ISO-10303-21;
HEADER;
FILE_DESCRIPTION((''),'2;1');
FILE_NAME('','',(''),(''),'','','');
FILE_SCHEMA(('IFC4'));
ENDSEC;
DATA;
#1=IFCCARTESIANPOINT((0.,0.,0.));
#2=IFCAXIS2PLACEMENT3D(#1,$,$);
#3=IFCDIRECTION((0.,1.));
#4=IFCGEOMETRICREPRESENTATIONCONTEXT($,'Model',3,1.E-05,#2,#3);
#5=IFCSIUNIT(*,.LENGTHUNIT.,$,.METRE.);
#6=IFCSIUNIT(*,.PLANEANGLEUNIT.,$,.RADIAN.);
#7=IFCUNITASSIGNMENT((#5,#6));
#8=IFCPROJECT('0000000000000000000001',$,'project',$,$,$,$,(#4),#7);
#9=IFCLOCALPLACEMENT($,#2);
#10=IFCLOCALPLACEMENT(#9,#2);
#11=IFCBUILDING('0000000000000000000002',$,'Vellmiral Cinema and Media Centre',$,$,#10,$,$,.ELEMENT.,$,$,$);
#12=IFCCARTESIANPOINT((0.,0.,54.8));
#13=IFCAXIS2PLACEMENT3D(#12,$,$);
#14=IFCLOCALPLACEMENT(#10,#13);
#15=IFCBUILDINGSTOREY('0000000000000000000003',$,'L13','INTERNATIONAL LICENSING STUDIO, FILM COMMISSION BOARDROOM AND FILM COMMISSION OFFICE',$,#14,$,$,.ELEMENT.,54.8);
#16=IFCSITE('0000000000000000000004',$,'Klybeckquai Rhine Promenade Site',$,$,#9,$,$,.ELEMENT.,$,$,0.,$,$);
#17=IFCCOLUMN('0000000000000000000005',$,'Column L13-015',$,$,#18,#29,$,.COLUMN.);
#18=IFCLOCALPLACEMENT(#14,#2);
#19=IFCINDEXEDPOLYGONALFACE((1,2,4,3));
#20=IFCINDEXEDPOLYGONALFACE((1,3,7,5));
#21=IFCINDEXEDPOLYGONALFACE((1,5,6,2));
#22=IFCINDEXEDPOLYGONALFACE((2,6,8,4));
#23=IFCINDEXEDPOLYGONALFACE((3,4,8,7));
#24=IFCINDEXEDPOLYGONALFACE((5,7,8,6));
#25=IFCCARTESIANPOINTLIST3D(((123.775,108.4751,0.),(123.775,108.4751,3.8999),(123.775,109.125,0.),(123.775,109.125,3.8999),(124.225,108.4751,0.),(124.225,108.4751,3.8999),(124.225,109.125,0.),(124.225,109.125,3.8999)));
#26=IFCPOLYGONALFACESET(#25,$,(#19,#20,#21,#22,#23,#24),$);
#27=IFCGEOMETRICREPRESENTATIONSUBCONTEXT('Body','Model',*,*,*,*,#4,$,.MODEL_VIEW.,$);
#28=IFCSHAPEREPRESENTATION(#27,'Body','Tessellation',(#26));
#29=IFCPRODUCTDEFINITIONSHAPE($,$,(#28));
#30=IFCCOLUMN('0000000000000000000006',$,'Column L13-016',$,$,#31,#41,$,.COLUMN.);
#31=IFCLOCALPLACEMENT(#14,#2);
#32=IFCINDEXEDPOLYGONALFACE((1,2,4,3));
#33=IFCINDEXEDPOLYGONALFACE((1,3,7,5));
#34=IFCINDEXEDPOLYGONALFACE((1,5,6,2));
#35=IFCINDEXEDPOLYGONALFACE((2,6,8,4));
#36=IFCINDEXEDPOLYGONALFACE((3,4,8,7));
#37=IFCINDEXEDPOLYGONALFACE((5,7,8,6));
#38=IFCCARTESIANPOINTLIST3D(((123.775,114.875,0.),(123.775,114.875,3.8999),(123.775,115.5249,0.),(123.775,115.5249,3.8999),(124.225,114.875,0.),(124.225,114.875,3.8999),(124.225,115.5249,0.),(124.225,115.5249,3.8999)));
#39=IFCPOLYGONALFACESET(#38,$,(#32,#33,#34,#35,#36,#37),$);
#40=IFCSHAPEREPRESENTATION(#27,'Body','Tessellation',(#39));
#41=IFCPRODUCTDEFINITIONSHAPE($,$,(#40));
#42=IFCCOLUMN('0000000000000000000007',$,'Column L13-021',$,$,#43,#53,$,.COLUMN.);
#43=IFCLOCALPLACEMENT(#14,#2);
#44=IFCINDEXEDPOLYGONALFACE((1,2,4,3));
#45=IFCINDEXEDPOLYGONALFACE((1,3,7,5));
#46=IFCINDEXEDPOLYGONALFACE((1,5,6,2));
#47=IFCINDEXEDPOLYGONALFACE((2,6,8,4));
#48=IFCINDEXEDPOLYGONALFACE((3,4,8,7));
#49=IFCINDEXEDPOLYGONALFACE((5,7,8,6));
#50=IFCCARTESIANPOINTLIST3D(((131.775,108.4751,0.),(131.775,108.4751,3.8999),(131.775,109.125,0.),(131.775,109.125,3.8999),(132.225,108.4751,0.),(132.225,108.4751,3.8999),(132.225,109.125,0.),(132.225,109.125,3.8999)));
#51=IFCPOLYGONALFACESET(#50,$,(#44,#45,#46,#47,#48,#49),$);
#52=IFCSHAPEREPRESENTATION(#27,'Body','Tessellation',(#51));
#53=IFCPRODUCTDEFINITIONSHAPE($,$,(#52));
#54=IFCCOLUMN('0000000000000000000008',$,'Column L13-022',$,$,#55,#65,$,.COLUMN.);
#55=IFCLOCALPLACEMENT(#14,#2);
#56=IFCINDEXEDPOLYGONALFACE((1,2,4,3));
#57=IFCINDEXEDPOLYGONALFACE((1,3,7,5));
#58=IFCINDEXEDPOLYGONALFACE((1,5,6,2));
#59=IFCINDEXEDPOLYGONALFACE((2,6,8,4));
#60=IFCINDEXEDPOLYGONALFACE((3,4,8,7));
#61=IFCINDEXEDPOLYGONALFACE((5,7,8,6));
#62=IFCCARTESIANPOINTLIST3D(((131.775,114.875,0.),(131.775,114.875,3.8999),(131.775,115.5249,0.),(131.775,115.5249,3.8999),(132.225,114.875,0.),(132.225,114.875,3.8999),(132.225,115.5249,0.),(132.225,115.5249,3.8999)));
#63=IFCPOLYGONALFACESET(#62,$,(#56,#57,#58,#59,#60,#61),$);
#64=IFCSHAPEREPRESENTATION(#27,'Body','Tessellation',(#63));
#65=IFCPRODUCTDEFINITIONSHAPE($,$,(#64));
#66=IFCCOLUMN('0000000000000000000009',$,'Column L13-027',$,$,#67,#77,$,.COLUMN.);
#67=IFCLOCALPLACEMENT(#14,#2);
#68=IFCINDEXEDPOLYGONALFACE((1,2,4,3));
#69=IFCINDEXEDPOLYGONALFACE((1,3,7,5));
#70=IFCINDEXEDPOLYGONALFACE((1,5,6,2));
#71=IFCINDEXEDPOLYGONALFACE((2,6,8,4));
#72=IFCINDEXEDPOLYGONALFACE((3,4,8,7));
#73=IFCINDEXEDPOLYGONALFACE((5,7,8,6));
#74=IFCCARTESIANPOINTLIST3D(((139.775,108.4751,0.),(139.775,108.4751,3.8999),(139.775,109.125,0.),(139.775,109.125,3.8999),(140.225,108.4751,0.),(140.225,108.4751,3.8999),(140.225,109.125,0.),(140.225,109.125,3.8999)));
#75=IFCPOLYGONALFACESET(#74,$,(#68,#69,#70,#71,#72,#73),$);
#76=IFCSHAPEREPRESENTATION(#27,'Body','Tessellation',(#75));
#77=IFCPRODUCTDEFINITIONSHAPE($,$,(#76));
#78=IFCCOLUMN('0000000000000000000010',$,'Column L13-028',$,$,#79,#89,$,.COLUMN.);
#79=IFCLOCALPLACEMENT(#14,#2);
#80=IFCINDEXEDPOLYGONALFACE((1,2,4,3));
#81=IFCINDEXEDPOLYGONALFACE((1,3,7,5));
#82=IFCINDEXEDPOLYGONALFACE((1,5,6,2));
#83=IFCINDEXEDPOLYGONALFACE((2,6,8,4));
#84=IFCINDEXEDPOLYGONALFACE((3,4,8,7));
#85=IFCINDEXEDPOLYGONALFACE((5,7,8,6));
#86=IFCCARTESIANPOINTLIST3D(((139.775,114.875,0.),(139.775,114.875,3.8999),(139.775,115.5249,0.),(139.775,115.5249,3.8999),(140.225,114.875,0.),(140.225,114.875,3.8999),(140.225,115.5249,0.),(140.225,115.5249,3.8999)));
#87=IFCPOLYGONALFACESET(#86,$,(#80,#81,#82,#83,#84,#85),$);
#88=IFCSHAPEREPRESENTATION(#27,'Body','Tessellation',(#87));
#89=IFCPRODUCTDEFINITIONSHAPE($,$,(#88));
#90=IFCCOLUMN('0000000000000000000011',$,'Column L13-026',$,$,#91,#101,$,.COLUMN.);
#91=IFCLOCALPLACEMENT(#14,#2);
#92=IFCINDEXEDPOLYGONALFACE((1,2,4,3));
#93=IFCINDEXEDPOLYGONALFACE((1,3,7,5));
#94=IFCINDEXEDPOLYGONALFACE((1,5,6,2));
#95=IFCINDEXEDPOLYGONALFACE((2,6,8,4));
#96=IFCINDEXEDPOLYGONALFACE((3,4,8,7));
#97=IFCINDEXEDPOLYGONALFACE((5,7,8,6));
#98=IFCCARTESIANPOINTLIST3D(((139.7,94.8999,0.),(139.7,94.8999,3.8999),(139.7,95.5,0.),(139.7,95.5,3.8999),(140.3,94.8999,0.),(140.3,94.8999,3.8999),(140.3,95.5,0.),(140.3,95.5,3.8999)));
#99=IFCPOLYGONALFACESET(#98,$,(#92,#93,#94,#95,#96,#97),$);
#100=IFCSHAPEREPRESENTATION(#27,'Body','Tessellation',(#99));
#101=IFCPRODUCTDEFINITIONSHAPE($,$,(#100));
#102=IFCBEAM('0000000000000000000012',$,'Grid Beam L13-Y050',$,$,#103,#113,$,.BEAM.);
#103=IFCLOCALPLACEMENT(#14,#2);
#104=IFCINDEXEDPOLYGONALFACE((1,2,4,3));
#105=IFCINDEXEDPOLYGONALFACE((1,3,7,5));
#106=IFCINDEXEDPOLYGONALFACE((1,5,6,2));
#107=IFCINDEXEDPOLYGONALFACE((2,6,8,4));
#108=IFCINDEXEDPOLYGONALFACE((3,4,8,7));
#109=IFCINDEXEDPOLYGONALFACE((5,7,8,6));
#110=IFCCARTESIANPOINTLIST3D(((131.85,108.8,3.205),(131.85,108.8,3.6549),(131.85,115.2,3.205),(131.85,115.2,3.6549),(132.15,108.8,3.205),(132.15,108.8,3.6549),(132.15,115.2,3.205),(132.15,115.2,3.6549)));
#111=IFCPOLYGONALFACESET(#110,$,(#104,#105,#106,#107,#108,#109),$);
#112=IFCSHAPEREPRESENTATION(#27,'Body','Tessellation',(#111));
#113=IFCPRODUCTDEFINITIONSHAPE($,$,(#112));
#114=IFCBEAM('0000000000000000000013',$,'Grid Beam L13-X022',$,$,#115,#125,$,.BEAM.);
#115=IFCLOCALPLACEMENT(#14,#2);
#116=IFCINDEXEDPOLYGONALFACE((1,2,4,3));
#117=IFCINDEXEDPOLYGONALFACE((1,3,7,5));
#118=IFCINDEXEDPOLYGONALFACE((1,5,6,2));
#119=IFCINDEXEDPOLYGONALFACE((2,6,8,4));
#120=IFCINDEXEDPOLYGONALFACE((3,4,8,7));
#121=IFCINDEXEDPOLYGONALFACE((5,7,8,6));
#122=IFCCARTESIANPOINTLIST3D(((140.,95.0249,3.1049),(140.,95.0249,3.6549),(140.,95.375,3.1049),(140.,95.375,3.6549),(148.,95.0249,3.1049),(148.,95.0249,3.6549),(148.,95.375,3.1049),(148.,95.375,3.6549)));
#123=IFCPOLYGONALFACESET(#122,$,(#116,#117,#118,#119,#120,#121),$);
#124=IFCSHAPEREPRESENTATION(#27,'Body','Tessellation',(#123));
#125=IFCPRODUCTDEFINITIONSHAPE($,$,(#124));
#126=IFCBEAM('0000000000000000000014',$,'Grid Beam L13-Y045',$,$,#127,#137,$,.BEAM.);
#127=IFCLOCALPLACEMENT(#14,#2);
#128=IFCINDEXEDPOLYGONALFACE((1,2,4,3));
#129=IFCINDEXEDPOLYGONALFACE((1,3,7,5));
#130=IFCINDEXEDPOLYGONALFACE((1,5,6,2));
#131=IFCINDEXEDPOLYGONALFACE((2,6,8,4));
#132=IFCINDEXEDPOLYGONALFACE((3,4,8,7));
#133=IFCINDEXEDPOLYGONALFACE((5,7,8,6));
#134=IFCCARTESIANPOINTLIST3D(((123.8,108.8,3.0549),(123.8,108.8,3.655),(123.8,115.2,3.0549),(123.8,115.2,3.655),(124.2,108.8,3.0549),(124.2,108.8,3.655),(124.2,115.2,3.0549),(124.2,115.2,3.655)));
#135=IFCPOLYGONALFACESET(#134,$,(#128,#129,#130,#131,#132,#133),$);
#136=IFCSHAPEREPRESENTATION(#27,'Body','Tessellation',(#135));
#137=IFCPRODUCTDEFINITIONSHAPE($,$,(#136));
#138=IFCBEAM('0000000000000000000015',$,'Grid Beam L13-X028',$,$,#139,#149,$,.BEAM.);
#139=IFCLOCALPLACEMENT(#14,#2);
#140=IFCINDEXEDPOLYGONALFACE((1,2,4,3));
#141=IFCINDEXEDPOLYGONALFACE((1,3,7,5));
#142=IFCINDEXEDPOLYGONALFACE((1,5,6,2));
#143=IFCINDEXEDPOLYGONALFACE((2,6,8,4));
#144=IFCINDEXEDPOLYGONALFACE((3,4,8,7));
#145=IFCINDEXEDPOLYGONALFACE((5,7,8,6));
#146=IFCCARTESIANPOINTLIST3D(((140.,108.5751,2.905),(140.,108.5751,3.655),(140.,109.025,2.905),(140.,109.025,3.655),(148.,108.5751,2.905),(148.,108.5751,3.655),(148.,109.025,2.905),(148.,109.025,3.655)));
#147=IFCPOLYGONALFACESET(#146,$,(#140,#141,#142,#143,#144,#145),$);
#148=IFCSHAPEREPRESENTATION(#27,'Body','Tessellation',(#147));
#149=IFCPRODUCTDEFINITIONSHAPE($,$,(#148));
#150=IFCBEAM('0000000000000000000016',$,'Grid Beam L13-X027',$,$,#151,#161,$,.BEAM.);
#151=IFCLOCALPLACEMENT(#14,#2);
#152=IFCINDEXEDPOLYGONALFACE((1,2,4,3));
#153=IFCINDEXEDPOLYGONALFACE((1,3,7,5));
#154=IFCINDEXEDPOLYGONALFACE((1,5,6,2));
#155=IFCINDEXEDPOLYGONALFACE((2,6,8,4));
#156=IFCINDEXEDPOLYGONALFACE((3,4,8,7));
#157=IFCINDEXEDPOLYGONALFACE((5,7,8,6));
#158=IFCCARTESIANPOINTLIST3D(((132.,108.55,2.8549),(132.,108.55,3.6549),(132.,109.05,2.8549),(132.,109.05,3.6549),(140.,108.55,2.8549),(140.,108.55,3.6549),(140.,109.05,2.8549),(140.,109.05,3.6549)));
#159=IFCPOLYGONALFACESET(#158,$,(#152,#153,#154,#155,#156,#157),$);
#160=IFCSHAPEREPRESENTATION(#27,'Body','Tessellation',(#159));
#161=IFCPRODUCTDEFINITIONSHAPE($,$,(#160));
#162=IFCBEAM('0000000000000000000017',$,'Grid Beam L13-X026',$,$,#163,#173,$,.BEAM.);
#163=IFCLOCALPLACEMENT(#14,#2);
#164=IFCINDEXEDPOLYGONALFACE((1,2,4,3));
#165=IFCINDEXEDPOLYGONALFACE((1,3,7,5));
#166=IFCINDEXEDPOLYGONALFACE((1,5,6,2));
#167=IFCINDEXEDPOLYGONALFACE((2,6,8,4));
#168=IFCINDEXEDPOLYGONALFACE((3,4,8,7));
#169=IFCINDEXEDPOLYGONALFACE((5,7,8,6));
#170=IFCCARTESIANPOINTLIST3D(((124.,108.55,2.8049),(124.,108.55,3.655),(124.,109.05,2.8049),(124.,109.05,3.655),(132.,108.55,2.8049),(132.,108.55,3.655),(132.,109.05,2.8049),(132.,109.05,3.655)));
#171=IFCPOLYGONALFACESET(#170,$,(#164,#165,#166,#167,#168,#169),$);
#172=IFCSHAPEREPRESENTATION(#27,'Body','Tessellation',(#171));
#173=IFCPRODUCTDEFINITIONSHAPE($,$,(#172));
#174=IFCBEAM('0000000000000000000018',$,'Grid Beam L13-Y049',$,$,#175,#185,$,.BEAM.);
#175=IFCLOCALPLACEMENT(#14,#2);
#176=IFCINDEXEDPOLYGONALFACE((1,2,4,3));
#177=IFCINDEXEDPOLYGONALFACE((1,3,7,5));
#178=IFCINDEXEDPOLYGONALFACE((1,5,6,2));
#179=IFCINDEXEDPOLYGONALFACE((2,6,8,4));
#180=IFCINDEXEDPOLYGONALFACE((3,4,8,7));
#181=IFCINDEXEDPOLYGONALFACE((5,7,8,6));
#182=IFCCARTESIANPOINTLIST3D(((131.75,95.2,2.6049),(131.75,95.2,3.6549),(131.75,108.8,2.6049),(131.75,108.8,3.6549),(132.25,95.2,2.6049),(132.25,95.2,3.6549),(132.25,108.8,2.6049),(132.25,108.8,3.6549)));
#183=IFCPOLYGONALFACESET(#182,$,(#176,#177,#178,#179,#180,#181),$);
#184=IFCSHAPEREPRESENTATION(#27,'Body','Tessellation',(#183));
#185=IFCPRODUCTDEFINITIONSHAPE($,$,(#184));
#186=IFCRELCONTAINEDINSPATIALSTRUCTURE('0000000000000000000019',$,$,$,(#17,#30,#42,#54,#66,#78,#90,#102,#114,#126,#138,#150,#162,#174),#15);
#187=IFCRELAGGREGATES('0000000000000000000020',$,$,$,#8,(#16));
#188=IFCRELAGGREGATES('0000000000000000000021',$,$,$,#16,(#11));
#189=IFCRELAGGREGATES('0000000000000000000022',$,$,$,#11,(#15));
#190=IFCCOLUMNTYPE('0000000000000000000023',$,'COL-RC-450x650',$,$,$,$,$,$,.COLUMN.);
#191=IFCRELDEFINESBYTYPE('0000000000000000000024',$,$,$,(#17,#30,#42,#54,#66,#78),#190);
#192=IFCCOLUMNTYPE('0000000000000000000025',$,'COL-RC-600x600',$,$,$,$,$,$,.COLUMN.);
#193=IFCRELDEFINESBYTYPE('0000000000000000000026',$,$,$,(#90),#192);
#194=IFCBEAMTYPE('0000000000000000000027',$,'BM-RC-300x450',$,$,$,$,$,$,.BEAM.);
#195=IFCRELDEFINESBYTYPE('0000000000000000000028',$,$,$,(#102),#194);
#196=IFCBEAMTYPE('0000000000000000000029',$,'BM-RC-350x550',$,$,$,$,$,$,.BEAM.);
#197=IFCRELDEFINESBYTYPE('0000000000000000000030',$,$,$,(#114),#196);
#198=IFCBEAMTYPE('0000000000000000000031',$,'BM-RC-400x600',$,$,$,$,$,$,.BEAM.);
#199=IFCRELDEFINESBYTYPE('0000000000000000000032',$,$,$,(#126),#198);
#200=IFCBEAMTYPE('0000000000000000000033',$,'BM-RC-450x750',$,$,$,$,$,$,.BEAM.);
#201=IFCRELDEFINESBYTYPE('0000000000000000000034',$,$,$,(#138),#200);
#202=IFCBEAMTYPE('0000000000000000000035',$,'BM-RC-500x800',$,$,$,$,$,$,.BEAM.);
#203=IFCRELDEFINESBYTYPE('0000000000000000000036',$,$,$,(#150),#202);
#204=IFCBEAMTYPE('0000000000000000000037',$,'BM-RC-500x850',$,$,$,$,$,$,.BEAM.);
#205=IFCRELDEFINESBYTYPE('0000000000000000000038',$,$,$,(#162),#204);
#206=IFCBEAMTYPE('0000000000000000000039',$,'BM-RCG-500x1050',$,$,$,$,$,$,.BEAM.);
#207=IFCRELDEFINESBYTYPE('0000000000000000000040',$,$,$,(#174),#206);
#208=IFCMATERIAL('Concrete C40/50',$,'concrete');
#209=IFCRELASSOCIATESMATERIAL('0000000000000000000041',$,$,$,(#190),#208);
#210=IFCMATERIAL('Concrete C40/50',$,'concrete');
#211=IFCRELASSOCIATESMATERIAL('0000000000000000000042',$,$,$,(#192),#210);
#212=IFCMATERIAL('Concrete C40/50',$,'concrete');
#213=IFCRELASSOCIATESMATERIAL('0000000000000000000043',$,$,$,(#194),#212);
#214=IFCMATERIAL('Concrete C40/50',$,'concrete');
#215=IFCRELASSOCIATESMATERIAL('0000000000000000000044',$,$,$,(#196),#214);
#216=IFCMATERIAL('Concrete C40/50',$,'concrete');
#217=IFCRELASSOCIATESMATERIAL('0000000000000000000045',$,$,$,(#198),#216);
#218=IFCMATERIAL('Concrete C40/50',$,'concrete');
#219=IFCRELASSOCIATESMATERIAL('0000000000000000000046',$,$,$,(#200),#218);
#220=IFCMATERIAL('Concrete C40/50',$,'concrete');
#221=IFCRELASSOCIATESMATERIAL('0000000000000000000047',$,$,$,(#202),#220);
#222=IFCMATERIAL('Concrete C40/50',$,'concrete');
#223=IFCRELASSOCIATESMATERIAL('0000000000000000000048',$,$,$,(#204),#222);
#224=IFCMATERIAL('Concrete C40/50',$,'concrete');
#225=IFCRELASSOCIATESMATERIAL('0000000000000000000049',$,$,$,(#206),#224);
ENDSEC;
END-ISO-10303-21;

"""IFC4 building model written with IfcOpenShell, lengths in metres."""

from ifc_helpers import new_model, si_unit, direction, frame, origin, origin_2d, place, context, subcontext, project, spatial, rectangle, extrude, material, material_profile, profile_set, type_object, element, save


model = new_model("IFC4")

# Units and contexts
model_context = context("Model", 3, precision=1e-05, world=origin(), true_north=direction((0.0, 1.0)))
body_context = subcontext(model_context, "Body", "Model", "MODEL_VIEW")
ifc_project = project(units=[si_unit("LENGTHUNIT", "METRE"), si_unit("PLANEANGLEUNIT", "RADIAN")], contexts=[model_context])

# Site, building, storey
site_placement = place(None, origin())
site = spatial("IfcSite", under=ifc_project, at=site_placement, Name="Klybeckquai Rhine Promenade Site", CompositionType="ELEMENT", RefElevation=0.0)
building_placement = place(site_placement, origin())
building = spatial("IfcBuilding", under=site, at=building_placement, Name="Vellmiral Cinema and Media Centre", CompositionType="ELEMENT")
storey_placement = place(building_placement, frame((0.0, 0.0, 54.8)))
storey = spatial("IfcBuildingStorey", under=building, at=storey_placement, Name="L13", Description="INTERNATIONAL LICENSING STUDIO, FILM COMMISSION BOARDROOM AND FILM COMMISSION OFFICE", CompositionType="ELEMENT", Elevation=54.8)

# Columns
ifc_material_1 = material(Name="Concrete C40/50", Category="concrete")
ifc_material_profile_1 = material_profile(ifc_material_1, rectangle(XDim=0.45, YDim=0.6499, at=origin_2d()), Name="RC 450x650")
ifc_profile_set_1 = profile_set([ifc_material_profile_1], Name="Concrete C40/50")
column_type_1 = type_object("IfcColumnType", Name="COL-RC-450x650", PredefinedType="COLUMN", material=ifc_profile_set_1)
for number, where, z_axis, x_axis, name in (
    (1, (124.0, 108.8, 0.0), (0.0, 0.0, 1.0), (1.0, 0.0, 0.0), "Column L13-015"),
    (2, (124.0, 115.2, 0.0), (0.0, 0.0, 1.0), (1.0, 0.0, 0.0), "Column L13-016"),
    (3, (132.0, 108.8, 0.0), (0.0, 0.0, 1.0), (1.0, 0.0, 0.0), "Column L13-021"),
    (4, (132.0, 115.2, 0.0), (0.0, 0.0, 1.0), (1.0, 0.0, 0.0), "Column L13-022"),
    (5, (140.0, 108.8, 0.0), (0.0, 0.0, 1.0), (1.0, 0.0, 0.0), "Column L13-027"),
    (6, (140.0, 115.2, 0.0), (0.0, 0.0, 1.0), (1.0, 0.0, 0.0), "Column L13-028"),
):
    element("IfcColumn", number, at=place(storey_placement, frame(where, z_axis=z_axis, x_axis=x_axis)), inside=storey, type_object=column_type_1, Name=name, PredefinedType="COLUMN", context=body_context, shape_type="SweptSolid", body=[
        extrude(rectangle(XDim=0.45, YDim=0.6499, at=origin_2d()), origin(), (0.0, 0.0, 1.0), 3.8999),
    ])
ifc_material_2 = material(Name="Concrete C40/50", Category="concrete")
ifc_material_profile_2 = material_profile(ifc_material_2, rectangle(XDim=0.6001, YDim=0.6001, at=origin_2d()), Name="RC 600x600")
ifc_profile_set_2 = profile_set([ifc_material_profile_2], Name="Concrete C40/50")
column_type_2 = type_object("IfcColumnType", Name="COL-RC-600x600", PredefinedType="COLUMN", material=ifc_profile_set_2)
column_placement = place(storey_placement, frame((140.0, 95.2, 0.0), z_axis=(0.0, 0.0, 1.0), x_axis=(1.0, 0.0, 0.0)))
element("IfcColumn", 7, at=column_placement, inside=storey, type_object=column_type_2, Name="Column L13-026", PredefinedType="COLUMN", context=body_context, shape_type="SweptSolid", body=[
    extrude(rectangle(XDim=0.6001, YDim=0.6001, at=origin_2d()), origin(), (0.0, 0.0, 1.0), 3.8999),
])

# Beams
ifc_material_3 = material(Name="Concrete C40/50", Category="concrete")
ifc_material_profile_3 = material_profile(ifc_material_3, rectangle(XDim=0.3, YDim=0.45, at=origin_2d()), Name="RC 300x450")
ifc_profile_set_3 = profile_set([ifc_material_profile_3], Name="Concrete C40/50")
beam_type_1 = type_object("IfcBeamType", Name="BM-RC-300x450", PredefinedType="BEAM", material=ifc_profile_set_3)
beam_1_placement = place(storey_placement, frame((132.0, 108.8, 3.4299), z_axis=(0.0, 1.0, 0.0), x_axis=(-1.0, 0.0, 0.0)))
element("IfcBeam", 8, at=beam_1_placement, inside=storey, type_object=beam_type_1, Name="Grid Beam L13-Y050", PredefinedType="BEAM", context=body_context, shape_type="SweptSolid", body=[
    extrude(rectangle(XDim=0.3, YDim=0.45, at=origin_2d()), origin(), (0.0, 0.0, 1.0), 6.3999),
])
ifc_material_4 = material(Name="Concrete C40/50", Category="concrete")
ifc_material_profile_4 = material_profile(ifc_material_4, rectangle(XDim=0.3501, YDim=0.55, at=origin_2d()), Name="RC 350x550")
ifc_profile_set_4 = profile_set([ifc_material_profile_4], Name="Concrete C40/50")
beam_type_2 = type_object("IfcBeamType", Name="BM-RC-350x550", PredefinedType="BEAM", material=ifc_profile_set_4)
beam_2_placement = place(storey_placement, frame((140.0, 95.2, 3.3799), z_axis=(1.0, 0.0, 0.0), x_axis=(0.0, 1.0, 0.0)))
element("IfcBeam", 9, at=beam_2_placement, inside=storey, type_object=beam_type_2, Name="Grid Beam L13-X022", PredefinedType="BEAM", context=body_context, shape_type="SweptSolid", body=[
    extrude(rectangle(XDim=0.3501, YDim=0.55, at=origin_2d()), origin(), (0.0, 0.0, 1.0), 8.0),
])
ifc_material_5 = material(Name="Concrete C40/50", Category="concrete")
ifc_material_profile_5 = material_profile(ifc_material_5, rectangle(XDim=0.3999, YDim=0.6001, at=origin_2d()), Name="RC 400x600")
ifc_profile_set_5 = profile_set([ifc_material_profile_5], Name="Concrete C40/50")
beam_type_3 = type_object("IfcBeamType", Name="BM-RC-400x600", PredefinedType="BEAM", material=ifc_profile_set_5)
beam_3_placement = place(storey_placement, frame((124.0, 108.8, 3.355), z_axis=(0.0, 1.0, 0.0), x_axis=(-1.0, 0.0, 0.0)))
element("IfcBeam", 10, at=beam_3_placement, inside=storey, type_object=beam_type_3, Name="Grid Beam L13-Y045", PredefinedType="BEAM", context=body_context, shape_type="SweptSolid", body=[
    extrude(rectangle(XDim=0.3999, YDim=0.6001, at=origin_2d()), origin(), (0.0, 0.0, 1.0), 6.3999),
])
ifc_material_6 = material(Name="Concrete C40/50", Category="concrete")
ifc_material_profile_6 = material_profile(ifc_material_6, rectangle(XDim=0.45, YDim=0.75, at=origin_2d()), Name="RC 450x750")
ifc_profile_set_6 = profile_set([ifc_material_profile_6], Name="Concrete C40/50")
beam_type_4 = type_object("IfcBeamType", Name="BM-RC-450x750", PredefinedType="BEAM", material=ifc_profile_set_6)
beam_4_placement = place(storey_placement, frame((140.0, 108.8, 3.28), z_axis=(1.0, 0.0, 0.0), x_axis=(0.0, 1.0, 0.0)))
element("IfcBeam", 11, at=beam_4_placement, inside=storey, type_object=beam_type_4, Name="Grid Beam L13-X028", PredefinedType="BEAM", context=body_context, shape_type="SweptSolid", body=[
    extrude(rectangle(XDim=0.45, YDim=0.75, at=origin_2d()), origin(), (0.0, 0.0, 1.0), 8.0),
])
ifc_material_7 = material(Name="Concrete C40/50", Category="concrete")
ifc_material_profile_7 = material_profile(ifc_material_7, rectangle(XDim=0.5, YDim=0.8, at=origin_2d()), Name="RC 500x800")
ifc_profile_set_7 = profile_set([ifc_material_profile_7], Name="Concrete C40/50")
beam_type_5 = type_object("IfcBeamType", Name="BM-RC-500x800", PredefinedType="BEAM", material=ifc_profile_set_7)
beam_5_placement = place(storey_placement, frame((132.0, 108.8, 3.2549), z_axis=(1.0, 0.0, 0.0), x_axis=(0.0, 1.0, 0.0)))
element("IfcBeam", 12, at=beam_5_placement, inside=storey, type_object=beam_type_5, Name="Grid Beam L13-X027", PredefinedType="BEAM", context=body_context, shape_type="SweptSolid", body=[
    extrude(rectangle(XDim=0.5, YDim=0.8, at=origin_2d()), origin(), (0.0, 0.0, 1.0), 8.0),
])
ifc_material_8 = material(Name="Concrete C40/50", Category="concrete")
ifc_material_profile_8 = material_profile(ifc_material_8, rectangle(XDim=0.5, YDim=0.8501, at=origin_2d()), Name="RC 500x850")
ifc_profile_set_8 = profile_set([ifc_material_profile_8], Name="Concrete C40/50")
beam_type_6 = type_object("IfcBeamType", Name="BM-RC-500x850", PredefinedType="BEAM", material=ifc_profile_set_8)
beam_6_placement = place(storey_placement, frame((124.0, 108.8, 3.23), z_axis=(1.0, 0.0, 0.0), x_axis=(0.0, 1.0, 0.0)))
element("IfcBeam", 13, at=beam_6_placement, inside=storey, type_object=beam_type_6, Name="Grid Beam L13-X026", PredefinedType="BEAM", context=body_context, shape_type="SweptSolid", body=[
    extrude(rectangle(XDim=0.5, YDim=0.8501, at=origin_2d()), origin(), (0.0, 0.0, 1.0), 8.0),
])
ifc_material_9 = material(Name="Concrete C40/50", Category="concrete")
ifc_material_profile_9 = material_profile(ifc_material_9, rectangle(XDim=0.5, YDim=1.05, at=origin_2d()), Name="RC 500x1050")
ifc_profile_set_9 = profile_set([ifc_material_profile_9], Name="Concrete C40/50")
beam_type_7 = type_object("IfcBeamType", Name="BM-RCG-500x1050", PredefinedType="BEAM", material=ifc_profile_set_9)
beam_7_placement = place(storey_placement, frame((132.0, 95.2, 3.1299), z_axis=(0.0, 1.0, 0.0), x_axis=(-1.0, 0.0, 0.0)))
element("IfcBeam", 14, at=beam_7_placement, inside=storey, type_object=beam_type_7, Name="Grid Beam L13-Y049", PredefinedType="BEAM", context=body_context, shape_type="SweptSolid", body=[
    extrude(rectangle(XDim=0.5, YDim=1.05, at=origin_2d()), origin(), (0.0, 0.0, 1.0), 13.6001),
])

save(model, "model.ifc")
